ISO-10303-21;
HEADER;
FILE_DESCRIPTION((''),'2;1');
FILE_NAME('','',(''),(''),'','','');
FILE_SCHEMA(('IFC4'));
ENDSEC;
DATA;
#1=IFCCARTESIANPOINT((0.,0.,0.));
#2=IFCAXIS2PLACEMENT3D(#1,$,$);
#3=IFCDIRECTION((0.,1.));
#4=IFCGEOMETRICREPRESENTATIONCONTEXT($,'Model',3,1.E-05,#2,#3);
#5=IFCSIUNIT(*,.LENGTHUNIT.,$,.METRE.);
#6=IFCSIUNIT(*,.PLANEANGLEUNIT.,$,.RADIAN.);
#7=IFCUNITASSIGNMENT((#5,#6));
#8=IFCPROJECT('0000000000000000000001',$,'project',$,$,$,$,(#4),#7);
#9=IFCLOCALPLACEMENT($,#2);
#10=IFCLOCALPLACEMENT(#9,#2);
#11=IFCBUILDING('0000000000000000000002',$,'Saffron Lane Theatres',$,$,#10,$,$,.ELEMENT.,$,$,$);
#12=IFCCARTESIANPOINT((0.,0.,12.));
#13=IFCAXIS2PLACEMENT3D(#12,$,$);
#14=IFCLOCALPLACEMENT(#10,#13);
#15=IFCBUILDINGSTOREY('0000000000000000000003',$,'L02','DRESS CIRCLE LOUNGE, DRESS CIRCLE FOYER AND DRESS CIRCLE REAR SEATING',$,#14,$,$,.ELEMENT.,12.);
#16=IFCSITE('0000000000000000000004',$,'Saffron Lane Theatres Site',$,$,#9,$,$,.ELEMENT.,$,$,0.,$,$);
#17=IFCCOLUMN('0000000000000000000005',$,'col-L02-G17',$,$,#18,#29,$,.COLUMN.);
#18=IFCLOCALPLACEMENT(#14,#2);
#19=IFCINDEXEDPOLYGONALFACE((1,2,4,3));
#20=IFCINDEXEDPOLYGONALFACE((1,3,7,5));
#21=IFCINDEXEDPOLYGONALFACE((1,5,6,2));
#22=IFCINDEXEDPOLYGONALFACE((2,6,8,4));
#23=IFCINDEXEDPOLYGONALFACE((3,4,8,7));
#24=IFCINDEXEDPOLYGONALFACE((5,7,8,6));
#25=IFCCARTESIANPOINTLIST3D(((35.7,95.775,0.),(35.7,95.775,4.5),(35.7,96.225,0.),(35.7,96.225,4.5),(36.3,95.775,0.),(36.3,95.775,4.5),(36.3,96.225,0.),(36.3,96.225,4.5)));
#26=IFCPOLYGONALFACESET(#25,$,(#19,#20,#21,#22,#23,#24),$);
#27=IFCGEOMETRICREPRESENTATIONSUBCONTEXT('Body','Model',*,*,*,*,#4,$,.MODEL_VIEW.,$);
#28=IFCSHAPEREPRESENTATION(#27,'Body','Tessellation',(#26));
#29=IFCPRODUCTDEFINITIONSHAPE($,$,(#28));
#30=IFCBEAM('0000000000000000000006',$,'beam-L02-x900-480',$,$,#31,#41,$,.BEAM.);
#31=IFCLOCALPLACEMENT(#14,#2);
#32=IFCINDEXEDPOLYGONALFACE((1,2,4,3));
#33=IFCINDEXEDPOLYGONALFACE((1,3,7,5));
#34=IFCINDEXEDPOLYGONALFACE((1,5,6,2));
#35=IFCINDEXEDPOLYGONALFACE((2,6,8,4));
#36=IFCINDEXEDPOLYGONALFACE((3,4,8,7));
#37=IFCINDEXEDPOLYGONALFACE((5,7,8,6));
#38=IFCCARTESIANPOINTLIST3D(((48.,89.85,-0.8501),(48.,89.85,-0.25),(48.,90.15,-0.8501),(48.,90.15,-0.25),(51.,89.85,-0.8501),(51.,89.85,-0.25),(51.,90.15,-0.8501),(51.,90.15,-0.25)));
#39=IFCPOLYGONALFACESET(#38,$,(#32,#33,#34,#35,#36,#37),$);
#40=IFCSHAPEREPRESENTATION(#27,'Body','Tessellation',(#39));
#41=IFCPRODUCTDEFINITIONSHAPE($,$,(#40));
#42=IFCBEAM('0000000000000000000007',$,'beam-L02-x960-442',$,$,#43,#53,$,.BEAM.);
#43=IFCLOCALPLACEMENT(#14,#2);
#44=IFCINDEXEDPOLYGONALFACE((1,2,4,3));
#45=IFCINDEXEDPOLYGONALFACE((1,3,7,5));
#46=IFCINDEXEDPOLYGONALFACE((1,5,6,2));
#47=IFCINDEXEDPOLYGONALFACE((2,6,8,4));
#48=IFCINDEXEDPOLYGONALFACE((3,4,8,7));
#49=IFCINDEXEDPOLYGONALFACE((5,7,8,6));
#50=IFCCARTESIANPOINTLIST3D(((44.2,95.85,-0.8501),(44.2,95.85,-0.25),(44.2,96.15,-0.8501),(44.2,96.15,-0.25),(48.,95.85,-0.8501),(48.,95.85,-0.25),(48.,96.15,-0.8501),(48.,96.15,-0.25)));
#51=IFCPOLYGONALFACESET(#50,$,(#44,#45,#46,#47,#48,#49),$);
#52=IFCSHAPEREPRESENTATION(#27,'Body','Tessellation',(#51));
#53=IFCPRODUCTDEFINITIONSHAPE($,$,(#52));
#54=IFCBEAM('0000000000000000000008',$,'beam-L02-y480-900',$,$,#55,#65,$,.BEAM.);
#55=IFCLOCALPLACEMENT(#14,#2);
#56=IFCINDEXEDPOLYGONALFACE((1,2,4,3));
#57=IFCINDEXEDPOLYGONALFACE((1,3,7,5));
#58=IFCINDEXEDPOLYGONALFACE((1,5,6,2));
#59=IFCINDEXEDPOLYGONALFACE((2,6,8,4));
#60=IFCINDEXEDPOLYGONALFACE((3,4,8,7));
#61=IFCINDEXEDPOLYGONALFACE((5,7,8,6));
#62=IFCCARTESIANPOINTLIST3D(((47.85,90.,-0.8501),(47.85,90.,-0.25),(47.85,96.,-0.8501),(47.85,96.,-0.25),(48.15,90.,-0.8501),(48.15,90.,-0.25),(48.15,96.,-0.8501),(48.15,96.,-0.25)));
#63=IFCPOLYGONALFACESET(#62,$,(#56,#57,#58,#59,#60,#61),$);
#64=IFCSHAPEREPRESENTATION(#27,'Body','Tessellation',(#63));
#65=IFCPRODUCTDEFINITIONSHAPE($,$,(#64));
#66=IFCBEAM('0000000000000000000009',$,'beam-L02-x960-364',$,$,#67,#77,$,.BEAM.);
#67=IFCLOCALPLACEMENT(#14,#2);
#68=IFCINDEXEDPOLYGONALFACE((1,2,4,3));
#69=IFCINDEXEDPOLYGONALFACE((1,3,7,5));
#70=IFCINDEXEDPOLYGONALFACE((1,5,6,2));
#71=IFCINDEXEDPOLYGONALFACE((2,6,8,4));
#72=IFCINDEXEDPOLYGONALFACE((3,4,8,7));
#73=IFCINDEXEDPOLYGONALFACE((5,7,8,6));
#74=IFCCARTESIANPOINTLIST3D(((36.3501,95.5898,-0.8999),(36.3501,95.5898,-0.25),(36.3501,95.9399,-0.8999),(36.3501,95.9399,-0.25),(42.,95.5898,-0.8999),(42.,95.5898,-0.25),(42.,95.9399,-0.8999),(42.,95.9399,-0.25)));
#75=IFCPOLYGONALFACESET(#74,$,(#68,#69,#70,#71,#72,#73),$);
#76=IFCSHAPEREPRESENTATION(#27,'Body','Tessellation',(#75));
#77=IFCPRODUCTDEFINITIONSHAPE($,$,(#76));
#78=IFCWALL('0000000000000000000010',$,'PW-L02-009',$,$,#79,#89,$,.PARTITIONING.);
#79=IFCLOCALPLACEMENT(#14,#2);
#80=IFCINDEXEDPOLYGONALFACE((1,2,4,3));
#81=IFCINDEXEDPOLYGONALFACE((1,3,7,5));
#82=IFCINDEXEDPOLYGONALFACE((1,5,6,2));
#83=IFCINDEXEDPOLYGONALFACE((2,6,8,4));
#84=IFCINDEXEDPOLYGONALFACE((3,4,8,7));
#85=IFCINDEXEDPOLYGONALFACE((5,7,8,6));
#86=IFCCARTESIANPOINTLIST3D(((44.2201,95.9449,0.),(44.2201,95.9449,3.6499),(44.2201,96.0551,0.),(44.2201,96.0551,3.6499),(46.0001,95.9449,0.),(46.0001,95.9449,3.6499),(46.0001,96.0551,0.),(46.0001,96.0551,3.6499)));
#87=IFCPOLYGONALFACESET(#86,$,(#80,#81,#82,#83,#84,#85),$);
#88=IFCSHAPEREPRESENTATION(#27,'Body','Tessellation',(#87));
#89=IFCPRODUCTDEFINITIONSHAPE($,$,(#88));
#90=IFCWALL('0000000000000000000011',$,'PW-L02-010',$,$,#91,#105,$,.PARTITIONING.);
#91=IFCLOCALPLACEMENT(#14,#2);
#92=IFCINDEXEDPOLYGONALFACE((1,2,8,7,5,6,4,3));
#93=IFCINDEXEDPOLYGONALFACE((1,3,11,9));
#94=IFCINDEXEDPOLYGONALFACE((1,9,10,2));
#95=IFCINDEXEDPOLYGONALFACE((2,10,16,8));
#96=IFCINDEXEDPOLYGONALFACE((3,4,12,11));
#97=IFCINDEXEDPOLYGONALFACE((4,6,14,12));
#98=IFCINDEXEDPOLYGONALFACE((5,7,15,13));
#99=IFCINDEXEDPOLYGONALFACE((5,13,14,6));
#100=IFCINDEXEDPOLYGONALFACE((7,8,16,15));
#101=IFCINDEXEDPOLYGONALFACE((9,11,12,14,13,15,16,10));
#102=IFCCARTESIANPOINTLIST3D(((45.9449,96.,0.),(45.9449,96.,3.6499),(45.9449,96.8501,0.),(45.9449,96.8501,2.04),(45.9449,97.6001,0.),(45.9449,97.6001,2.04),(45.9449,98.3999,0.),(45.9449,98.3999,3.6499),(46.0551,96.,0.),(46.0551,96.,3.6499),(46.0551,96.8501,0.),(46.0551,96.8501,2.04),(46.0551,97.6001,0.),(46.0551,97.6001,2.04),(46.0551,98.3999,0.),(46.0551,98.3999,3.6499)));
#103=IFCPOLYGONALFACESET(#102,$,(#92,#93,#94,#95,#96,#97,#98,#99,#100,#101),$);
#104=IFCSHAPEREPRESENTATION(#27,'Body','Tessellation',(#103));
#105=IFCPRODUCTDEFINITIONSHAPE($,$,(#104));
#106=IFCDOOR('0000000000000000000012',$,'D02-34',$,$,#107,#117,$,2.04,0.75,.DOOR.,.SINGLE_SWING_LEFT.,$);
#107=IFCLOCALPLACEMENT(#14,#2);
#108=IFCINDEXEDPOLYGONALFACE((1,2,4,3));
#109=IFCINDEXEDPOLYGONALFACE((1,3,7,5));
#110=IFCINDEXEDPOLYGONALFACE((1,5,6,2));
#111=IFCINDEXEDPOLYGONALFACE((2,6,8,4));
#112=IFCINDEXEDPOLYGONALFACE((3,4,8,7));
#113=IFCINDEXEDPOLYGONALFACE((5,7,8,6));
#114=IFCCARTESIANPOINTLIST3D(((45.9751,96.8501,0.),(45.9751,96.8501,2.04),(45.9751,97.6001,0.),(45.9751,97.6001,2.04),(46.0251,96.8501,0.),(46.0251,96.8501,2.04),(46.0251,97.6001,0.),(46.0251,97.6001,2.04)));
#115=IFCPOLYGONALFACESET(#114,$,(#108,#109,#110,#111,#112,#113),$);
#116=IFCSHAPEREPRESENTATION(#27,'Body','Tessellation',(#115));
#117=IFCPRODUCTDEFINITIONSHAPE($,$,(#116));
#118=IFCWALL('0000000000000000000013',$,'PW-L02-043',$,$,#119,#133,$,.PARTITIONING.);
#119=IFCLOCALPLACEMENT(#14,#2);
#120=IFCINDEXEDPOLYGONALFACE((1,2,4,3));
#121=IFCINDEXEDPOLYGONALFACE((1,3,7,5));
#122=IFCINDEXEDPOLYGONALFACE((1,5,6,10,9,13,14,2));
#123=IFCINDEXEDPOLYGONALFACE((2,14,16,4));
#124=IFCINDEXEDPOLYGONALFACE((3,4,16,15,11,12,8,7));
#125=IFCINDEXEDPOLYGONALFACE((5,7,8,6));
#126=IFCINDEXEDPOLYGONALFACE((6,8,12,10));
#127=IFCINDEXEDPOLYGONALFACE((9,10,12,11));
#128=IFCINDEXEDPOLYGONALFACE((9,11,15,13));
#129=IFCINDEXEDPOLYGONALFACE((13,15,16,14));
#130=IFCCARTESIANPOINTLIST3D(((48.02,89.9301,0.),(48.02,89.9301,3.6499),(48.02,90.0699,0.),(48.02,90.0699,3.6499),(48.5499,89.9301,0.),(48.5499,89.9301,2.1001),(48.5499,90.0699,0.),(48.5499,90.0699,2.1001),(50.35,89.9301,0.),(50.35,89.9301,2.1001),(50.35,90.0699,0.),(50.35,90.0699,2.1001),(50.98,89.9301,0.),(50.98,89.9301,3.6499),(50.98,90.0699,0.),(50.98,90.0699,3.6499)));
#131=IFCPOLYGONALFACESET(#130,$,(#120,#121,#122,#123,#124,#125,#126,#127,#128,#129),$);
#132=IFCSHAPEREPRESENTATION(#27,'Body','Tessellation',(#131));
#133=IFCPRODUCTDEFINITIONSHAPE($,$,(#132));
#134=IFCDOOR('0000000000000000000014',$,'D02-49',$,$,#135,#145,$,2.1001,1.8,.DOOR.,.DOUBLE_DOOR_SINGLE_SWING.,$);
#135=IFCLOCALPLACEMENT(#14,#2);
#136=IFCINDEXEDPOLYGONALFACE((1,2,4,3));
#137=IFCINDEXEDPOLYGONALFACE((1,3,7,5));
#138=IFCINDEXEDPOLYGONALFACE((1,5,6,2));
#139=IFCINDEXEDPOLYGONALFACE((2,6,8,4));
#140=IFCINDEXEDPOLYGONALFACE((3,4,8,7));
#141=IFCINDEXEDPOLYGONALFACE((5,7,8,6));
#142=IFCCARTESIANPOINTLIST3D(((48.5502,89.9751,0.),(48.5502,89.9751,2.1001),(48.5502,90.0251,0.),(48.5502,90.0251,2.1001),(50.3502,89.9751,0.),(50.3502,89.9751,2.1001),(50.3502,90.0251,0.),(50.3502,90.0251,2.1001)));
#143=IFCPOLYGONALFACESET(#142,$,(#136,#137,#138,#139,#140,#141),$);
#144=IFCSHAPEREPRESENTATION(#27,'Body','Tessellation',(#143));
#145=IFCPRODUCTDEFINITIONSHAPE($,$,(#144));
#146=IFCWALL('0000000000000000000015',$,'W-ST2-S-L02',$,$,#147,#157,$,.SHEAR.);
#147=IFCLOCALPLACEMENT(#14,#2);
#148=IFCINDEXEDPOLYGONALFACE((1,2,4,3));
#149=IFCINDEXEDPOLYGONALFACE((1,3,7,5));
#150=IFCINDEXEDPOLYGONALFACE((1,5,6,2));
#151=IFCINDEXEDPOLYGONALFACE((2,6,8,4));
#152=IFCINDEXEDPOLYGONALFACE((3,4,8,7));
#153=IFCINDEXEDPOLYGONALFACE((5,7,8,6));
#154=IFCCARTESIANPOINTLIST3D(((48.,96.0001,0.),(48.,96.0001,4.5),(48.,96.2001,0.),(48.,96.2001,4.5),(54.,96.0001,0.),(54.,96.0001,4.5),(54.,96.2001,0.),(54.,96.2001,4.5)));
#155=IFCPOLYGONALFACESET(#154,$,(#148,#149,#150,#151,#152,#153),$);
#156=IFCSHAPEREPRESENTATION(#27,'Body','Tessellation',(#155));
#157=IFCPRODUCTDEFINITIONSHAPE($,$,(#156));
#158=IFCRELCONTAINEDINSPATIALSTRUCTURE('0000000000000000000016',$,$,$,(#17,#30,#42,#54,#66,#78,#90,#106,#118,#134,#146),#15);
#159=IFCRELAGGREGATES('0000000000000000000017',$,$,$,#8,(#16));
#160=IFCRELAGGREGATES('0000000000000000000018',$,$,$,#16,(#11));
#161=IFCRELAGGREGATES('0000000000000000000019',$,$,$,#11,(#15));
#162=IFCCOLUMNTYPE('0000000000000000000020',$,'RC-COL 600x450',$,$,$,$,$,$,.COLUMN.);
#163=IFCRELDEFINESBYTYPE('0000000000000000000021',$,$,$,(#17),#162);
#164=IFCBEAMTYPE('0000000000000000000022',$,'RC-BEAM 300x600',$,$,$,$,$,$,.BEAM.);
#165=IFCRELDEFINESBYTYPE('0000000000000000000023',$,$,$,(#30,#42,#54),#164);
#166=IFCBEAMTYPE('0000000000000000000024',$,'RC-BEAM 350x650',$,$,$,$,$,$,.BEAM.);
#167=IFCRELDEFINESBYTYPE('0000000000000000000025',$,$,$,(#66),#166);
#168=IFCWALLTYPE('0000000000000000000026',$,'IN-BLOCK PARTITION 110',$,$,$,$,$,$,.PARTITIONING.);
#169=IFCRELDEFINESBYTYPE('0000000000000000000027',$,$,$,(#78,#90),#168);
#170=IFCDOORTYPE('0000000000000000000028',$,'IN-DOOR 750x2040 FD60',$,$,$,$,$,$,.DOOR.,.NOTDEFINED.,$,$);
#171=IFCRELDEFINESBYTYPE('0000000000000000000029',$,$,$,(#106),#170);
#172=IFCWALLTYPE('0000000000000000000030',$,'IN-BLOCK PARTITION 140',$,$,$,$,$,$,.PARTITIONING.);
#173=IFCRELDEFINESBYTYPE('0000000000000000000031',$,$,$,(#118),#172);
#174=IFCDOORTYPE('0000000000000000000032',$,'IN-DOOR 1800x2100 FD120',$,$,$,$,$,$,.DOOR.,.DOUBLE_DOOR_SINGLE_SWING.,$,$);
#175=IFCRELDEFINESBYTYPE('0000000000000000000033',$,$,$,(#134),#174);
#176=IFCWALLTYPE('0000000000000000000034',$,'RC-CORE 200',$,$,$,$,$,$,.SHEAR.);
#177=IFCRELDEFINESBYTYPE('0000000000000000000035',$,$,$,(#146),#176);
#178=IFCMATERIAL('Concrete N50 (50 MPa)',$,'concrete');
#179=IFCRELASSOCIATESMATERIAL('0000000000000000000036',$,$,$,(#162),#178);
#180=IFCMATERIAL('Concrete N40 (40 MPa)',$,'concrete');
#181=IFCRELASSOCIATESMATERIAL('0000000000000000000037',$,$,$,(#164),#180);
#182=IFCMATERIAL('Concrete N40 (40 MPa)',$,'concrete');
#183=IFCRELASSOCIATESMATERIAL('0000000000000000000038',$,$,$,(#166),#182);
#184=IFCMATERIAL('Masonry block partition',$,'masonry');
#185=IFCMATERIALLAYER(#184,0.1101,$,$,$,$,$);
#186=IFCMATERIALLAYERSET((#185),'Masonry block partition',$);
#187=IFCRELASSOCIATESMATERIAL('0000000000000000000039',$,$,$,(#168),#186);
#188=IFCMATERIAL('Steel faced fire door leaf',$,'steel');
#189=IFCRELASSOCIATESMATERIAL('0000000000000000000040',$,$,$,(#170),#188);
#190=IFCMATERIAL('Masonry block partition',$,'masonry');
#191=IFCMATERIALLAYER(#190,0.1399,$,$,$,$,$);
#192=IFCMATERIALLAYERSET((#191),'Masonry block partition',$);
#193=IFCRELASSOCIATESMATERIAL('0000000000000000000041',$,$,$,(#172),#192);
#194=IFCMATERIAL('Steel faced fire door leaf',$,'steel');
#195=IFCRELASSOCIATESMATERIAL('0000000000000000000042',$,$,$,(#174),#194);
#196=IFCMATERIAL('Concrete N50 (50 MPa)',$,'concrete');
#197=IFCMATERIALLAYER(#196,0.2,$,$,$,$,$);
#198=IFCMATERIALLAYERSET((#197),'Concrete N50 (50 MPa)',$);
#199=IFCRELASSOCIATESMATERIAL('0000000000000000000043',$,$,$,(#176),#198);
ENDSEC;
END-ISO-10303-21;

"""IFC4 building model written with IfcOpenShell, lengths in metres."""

from ifc_helpers import new_model, si_unit, direction, frame, frame_2d, origin, origin_2d, place, context, subcontext, project, spatial, rectangle, extrude, material, layer, layer_set, material_profile, profile_set, type_object, element, fill, save


model = new_model("IFC4")

# Units and contexts
model_context = context("Model", 3, precision=1e-05, world=origin(), true_north=direction((0.0, 1.0)))
body_context = subcontext(model_context, "Body", "Model", "MODEL_VIEW")
ifc_project = project(units=[si_unit("LENGTHUNIT", "METRE"), si_unit("PLANEANGLEUNIT", "RADIAN")], contexts=[model_context])

# Site, building, storey
site_placement = place(None, origin())
site = spatial("IfcSite", under=ifc_project, at=site_placement, Name="Saffron Lane Theatres Site", CompositionType="ELEMENT", RefElevation=0.0)
building_placement = place(site_placement, origin())
building = spatial("IfcBuilding", under=site, at=building_placement, Name="Saffron Lane Theatres", CompositionType="ELEMENT")
storey_placement = place(building_placement, frame((0.0, 0.0, 12.0)))
storey = spatial("IfcBuildingStorey", under=building, at=storey_placement, Name="L02", Description="DRESS CIRCLE LOUNGE, DRESS CIRCLE FOYER AND DRESS CIRCLE REAR SEATING", CompositionType="ELEMENT", Elevation=12.0)

# Column
ifc_material_1 = material(Name="Concrete N50 (50 MPa)", Category="concrete")
ifc_material_profile_1 = material_profile(ifc_material_1, rectangle(XDim=0.6001, YDim=0.45, at=origin_2d()))
ifc_profile_set_1 = profile_set([ifc_material_profile_1], Name="Concrete N50 (50 MPa)")
column_type = type_object("IfcColumnType", Name="RC-COL 600x450", PredefinedType="COLUMN", material=ifc_profile_set_1)
column_placement = place(storey_placement, frame((36.0, 96.0, 0.0), z_axis=(0.0, 0.0, 1.0), x_axis=(1.0, 0.0, 0.0)))
element("IfcColumn", 1, at=column_placement, inside=storey, type_object=column_type, Name="col-L02-G17", PredefinedType="COLUMN", context=body_context, shape_type="SweptSolid", body=[
    extrude(rectangle(XDim=0.6001, YDim=0.45, at=origin_2d()), origin(), (0.0, 0.0, 1.0), 4.5),
])

# Beams
ifc_material_2 = material(Name="Concrete N40 (40 MPa)", Category="concrete")
ifc_material_profile_2 = material_profile(ifc_material_2, rectangle(XDim=0.3, YDim=0.6001, at=origin_2d()))
ifc_profile_set_2 = profile_set([ifc_material_profile_2], Name="Concrete N40 (40 MPa)")
beam_type_1 = type_object("IfcBeamType", Name="RC-BEAM 300x600", PredefinedType="BEAM", material=ifc_profile_set_2)
beam_1_placement = place(storey_placement, frame((48.0, 90.0, -0.55), z_axis=(1.0, 0.0, 0.0), x_axis=(0.0, 1.0, 0.0)))
element("IfcBeam", 2, at=beam_1_placement, inside=storey, type_object=beam_type_1, Name="beam-L02-x900-480", PredefinedType="BEAM", context=body_context, shape_type="SweptSolid", body=[
    extrude(rectangle(XDim=0.3, YDim=0.6001, at=origin_2d()), origin(), (0.0, 0.0, 1.0), 3.0),
])
beam_2_placement = place(storey_placement, frame((44.2, 96.0, -0.55), z_axis=(1.0, 0.0, 0.0), x_axis=(0.0, 1.0, 0.0)))
element("IfcBeam", 3, at=beam_2_placement, inside=storey, type_object=beam_type_1, Name="beam-L02-x960-442", PredefinedType="BEAM", context=body_context, shape_type="SweptSolid", body=[
    extrude(rectangle(XDim=0.3, YDim=0.6001, at=origin_2d()), origin(), (0.0, 0.0, 1.0), 3.8),
])
beam_3_placement = place(storey_placement, frame((48.0, 90.0, -0.55), z_axis=(0.0, 1.0, 0.0), x_axis=(-1.0, 0.0, 0.0)))
element("IfcBeam", 4, at=beam_3_placement, inside=storey, type_object=beam_type_1, Name="beam-L02-y480-900", PredefinedType="BEAM", context=body_context, shape_type="SweptSolid", body=[
    extrude(rectangle(XDim=0.3, YDim=0.6001, at=origin_2d()), origin(), (0.0, 0.0, 1.0), 6.0),
])
ifc_material_3 = material(Name="Concrete N40 (40 MPa)", Category="concrete")
ifc_material_profile_3 = material_profile(ifc_material_3, rectangle(XDim=0.3501, YDim=0.6499, at=origin_2d()))
ifc_profile_set_3 = profile_set([ifc_material_profile_3], Name="Concrete N40 (40 MPa)")
beam_type_2 = type_object("IfcBeamType", Name="RC-BEAM 350x650", PredefinedType="BEAM", material=ifc_profile_set_3)
beam_4_placement = place(storey_placement, frame((36.3501, 95.7649, -0.575), z_axis=(1.0, 0.0, 0.0), x_axis=(0.0, 1.0, 0.0)))
element("IfcBeam", 5, at=beam_4_placement, inside=storey, type_object=beam_type_2, Name="beam-L02-x960-364", PredefinedType="BEAM", context=body_context, shape_type="SweptSolid", body=[
    extrude(rectangle(XDim=0.3501, YDim=0.6499, at=origin_2d()), origin(), (0.0, 0.0, 1.0), 5.6499),
])

# Wall
ifc_material_4 = material(Name="Masonry block partition", Category="masonry")
ifc_layer_1 = layer(ifc_material_4, 0.1101)
ifc_layer_set_1 = layer_set([ifc_layer_1], Name="Masonry block partition")
wall_type_1 = type_object("IfcWallType", Name="IN-BLOCK PARTITION 110", PredefinedType="PARTITIONING", material=ifc_layer_set_1)
wall_1_placement = place(storey_placement, frame((44.22, 96.0, 0.0), z_axis=(0.0, 0.0, 1.0), x_axis=(1.0, 0.0, 0.0)))
element("IfcWall", 6, at=wall_1_placement, inside=storey, type_object=wall_type_1, Name="PW-L02-009", PredefinedType="PARTITIONING", context=body_context, shape_type="SweptSolid", body=[
    extrude(rectangle(XDim=1.78, YDim=0.1101, at=frame_2d((0.8901, 0.0))), origin(), (0.0, 0.0, 1.0), 3.6499),
])

# Walls, openings, doors
wall_2_placement = place(storey_placement, frame((46.0, 96.0, 0.0), z_axis=(0.0, 0.0, 1.0), x_axis=(0.0, 1.0, 0.0)))
wall_2 = element("IfcWall", 7, at=wall_2_placement, inside=storey, type_object=wall_type_1, Name="PW-L02-010", PredefinedType="PARTITIONING", context=body_context, shape_type="SweptSolid", body=[
    extrude(rectangle(XDim=2.3999, YDim=0.1101, at=frame_2d((1.2, 0.0))), origin(), (0.0, 0.0, 1.0), 3.6499),
])
opening_1_placement = place(wall_2_placement, frame((0.8501, 0.0, 0.0)))
opening_1 = element("IfcOpeningElement", 8, at=opening_1_placement, cuts=wall_2, PredefinedType="OPENING", context=body_context, shape_type="SweptSolid", body=[
    extrude(rectangle(XDim=0.75, YDim=2.04, at=frame_2d((0.375, 1.02))), frame((0.0, 0.0649, 0.0), z_axis=(0.0, -1.0, 0.0), x_axis=(1.0, 0.0, 0.0)), (0.0, 0.0, 1.0), 0.1301),
])
ifc_material_5 = material(Name="Steel faced fire door leaf", Category="steel")
door_type_1 = type_object("IfcDoorType", Name="IN-DOOR 750x2040 FD60", OperationType="NOTDEFINED", PredefinedType="DOOR", material=ifc_material_5)
door_1_placement = place(opening_1_placement, origin())
door_1 = element("IfcDoor", 9, at=door_1_placement, inside=storey, type_object=door_type_1, Name="D02-34", OperationType="SINGLE_SWING_LEFT", OverallHeight=2.04, OverallWidth=0.75, PredefinedType="DOOR", context=body_context, shape_type="SweptSolid", body=[
    extrude(rectangle(XDim=0.75, YDim=2.04, at=frame_2d((0.375, 1.02))), frame((0.0, 0.0249, 0.0), z_axis=(0.0, -1.0, 0.0), x_axis=(1.0, 0.0, 0.0)), (0.0, 0.0, 1.0), 0.05),
])
fill(opening_1, door_1)
ifc_material_6 = material(Name="Masonry block partition", Category="masonry")
ifc_layer_2 = layer(ifc_material_6, 0.1399)
ifc_layer_set_2 = layer_set([ifc_layer_2], Name="Masonry block partition")
wall_type_2 = type_object("IfcWallType", Name="IN-BLOCK PARTITION 140", PredefinedType="PARTITIONING", material=ifc_layer_set_2)
wall_3_placement = place(storey_placement, frame((48.02, 90.0, 0.0), z_axis=(0.0, 0.0, 1.0), x_axis=(1.0, 0.0, 0.0)))
wall_3 = element("IfcWall", 10, at=wall_3_placement, inside=storey, type_object=wall_type_2, Name="PW-L02-043", PredefinedType="PARTITIONING", context=body_context, shape_type="SweptSolid", body=[
    extrude(rectangle(XDim=2.96, YDim=0.1399, at=frame_2d((1.48, 0.0))), origin(), (0.0, 0.0, 1.0), 3.6499),
])
opening_2_placement = place(wall_3_placement, frame((0.53, 0.0, 0.0)))
opening_2 = element("IfcOpeningElement", 11, at=opening_2_placement, cuts=wall_3, PredefinedType="OPENING", context=body_context, shape_type="SweptSolid", body=[
    extrude(rectangle(XDim=1.8, YDim=2.1001, at=frame_2d((0.8999, 1.05))), frame((0.0, 0.0801, 0.0), z_axis=(0.0, -1.0, 0.0), x_axis=(1.0, 0.0, 0.0)), (0.0, 0.0, 1.0), 0.1599),
])
ifc_material_7 = material(Name="Steel faced fire door leaf", Category="steel")
door_type_2 = type_object("IfcDoorType", Name="IN-DOOR 1800x2100 FD120", OperationType="DOUBLE_DOOR_SINGLE_SWING", PredefinedType="DOOR", material=ifc_material_7)
door_2_placement = place(opening_2_placement, frame((1.8, 0.0, 0.0), z_axis=(0.0, 0.0, 1.0), x_axis=(-1.0, 0.0, 0.0)))
door_2 = element("IfcDoor", 12, at=door_2_placement, inside=storey, type_object=door_type_2, Name="D02-49", OperationType="DOUBLE_DOOR_SINGLE_SWING", OverallHeight=2.1001, OverallWidth=1.8, PredefinedType="DOOR", context=body_context, shape_type="SweptSolid", body=[
    extrude(rectangle(XDim=1.8, YDim=2.1001, at=frame_2d((0.8999, 1.05))), frame((0.0, 0.0249, 0.0), z_axis=(0.0, -1.0, 0.0), x_axis=(1.0, 0.0, 0.0)), (0.0, 0.0, 1.0), 0.05),
])
fill(opening_2, door_2)

# Wall
ifc_material_8 = material(Name="Concrete N50 (50 MPa)", Category="concrete")
ifc_layer_3 = layer(ifc_material_8, 0.2)
ifc_layer_set_3 = layer_set([ifc_layer_3], Name="Concrete N50 (50 MPa)")
wall_type_3 = type_object("IfcWallType", Name="RC-CORE 200", PredefinedType="SHEAR", material=ifc_layer_set_3)
wall_4_placement = place(storey_placement, frame((48.0, 96.1001, 0.0), z_axis=(0.0, 0.0, 1.0), x_axis=(1.0, 0.0, 0.0)))
element("IfcWall", 13, at=wall_4_placement, inside=storey, type_object=wall_type_3, Name="W-ST2-S-L02", PredefinedType="SHEAR", context=body_context, shape_type="SweptSolid", body=[
    extrude(rectangle(XDim=6.0, YDim=0.2, at=frame_2d((3.0, 0.0))), origin(), (0.0, 0.0, 1.0), 4.5),
])

save(model, "model.ifc")
